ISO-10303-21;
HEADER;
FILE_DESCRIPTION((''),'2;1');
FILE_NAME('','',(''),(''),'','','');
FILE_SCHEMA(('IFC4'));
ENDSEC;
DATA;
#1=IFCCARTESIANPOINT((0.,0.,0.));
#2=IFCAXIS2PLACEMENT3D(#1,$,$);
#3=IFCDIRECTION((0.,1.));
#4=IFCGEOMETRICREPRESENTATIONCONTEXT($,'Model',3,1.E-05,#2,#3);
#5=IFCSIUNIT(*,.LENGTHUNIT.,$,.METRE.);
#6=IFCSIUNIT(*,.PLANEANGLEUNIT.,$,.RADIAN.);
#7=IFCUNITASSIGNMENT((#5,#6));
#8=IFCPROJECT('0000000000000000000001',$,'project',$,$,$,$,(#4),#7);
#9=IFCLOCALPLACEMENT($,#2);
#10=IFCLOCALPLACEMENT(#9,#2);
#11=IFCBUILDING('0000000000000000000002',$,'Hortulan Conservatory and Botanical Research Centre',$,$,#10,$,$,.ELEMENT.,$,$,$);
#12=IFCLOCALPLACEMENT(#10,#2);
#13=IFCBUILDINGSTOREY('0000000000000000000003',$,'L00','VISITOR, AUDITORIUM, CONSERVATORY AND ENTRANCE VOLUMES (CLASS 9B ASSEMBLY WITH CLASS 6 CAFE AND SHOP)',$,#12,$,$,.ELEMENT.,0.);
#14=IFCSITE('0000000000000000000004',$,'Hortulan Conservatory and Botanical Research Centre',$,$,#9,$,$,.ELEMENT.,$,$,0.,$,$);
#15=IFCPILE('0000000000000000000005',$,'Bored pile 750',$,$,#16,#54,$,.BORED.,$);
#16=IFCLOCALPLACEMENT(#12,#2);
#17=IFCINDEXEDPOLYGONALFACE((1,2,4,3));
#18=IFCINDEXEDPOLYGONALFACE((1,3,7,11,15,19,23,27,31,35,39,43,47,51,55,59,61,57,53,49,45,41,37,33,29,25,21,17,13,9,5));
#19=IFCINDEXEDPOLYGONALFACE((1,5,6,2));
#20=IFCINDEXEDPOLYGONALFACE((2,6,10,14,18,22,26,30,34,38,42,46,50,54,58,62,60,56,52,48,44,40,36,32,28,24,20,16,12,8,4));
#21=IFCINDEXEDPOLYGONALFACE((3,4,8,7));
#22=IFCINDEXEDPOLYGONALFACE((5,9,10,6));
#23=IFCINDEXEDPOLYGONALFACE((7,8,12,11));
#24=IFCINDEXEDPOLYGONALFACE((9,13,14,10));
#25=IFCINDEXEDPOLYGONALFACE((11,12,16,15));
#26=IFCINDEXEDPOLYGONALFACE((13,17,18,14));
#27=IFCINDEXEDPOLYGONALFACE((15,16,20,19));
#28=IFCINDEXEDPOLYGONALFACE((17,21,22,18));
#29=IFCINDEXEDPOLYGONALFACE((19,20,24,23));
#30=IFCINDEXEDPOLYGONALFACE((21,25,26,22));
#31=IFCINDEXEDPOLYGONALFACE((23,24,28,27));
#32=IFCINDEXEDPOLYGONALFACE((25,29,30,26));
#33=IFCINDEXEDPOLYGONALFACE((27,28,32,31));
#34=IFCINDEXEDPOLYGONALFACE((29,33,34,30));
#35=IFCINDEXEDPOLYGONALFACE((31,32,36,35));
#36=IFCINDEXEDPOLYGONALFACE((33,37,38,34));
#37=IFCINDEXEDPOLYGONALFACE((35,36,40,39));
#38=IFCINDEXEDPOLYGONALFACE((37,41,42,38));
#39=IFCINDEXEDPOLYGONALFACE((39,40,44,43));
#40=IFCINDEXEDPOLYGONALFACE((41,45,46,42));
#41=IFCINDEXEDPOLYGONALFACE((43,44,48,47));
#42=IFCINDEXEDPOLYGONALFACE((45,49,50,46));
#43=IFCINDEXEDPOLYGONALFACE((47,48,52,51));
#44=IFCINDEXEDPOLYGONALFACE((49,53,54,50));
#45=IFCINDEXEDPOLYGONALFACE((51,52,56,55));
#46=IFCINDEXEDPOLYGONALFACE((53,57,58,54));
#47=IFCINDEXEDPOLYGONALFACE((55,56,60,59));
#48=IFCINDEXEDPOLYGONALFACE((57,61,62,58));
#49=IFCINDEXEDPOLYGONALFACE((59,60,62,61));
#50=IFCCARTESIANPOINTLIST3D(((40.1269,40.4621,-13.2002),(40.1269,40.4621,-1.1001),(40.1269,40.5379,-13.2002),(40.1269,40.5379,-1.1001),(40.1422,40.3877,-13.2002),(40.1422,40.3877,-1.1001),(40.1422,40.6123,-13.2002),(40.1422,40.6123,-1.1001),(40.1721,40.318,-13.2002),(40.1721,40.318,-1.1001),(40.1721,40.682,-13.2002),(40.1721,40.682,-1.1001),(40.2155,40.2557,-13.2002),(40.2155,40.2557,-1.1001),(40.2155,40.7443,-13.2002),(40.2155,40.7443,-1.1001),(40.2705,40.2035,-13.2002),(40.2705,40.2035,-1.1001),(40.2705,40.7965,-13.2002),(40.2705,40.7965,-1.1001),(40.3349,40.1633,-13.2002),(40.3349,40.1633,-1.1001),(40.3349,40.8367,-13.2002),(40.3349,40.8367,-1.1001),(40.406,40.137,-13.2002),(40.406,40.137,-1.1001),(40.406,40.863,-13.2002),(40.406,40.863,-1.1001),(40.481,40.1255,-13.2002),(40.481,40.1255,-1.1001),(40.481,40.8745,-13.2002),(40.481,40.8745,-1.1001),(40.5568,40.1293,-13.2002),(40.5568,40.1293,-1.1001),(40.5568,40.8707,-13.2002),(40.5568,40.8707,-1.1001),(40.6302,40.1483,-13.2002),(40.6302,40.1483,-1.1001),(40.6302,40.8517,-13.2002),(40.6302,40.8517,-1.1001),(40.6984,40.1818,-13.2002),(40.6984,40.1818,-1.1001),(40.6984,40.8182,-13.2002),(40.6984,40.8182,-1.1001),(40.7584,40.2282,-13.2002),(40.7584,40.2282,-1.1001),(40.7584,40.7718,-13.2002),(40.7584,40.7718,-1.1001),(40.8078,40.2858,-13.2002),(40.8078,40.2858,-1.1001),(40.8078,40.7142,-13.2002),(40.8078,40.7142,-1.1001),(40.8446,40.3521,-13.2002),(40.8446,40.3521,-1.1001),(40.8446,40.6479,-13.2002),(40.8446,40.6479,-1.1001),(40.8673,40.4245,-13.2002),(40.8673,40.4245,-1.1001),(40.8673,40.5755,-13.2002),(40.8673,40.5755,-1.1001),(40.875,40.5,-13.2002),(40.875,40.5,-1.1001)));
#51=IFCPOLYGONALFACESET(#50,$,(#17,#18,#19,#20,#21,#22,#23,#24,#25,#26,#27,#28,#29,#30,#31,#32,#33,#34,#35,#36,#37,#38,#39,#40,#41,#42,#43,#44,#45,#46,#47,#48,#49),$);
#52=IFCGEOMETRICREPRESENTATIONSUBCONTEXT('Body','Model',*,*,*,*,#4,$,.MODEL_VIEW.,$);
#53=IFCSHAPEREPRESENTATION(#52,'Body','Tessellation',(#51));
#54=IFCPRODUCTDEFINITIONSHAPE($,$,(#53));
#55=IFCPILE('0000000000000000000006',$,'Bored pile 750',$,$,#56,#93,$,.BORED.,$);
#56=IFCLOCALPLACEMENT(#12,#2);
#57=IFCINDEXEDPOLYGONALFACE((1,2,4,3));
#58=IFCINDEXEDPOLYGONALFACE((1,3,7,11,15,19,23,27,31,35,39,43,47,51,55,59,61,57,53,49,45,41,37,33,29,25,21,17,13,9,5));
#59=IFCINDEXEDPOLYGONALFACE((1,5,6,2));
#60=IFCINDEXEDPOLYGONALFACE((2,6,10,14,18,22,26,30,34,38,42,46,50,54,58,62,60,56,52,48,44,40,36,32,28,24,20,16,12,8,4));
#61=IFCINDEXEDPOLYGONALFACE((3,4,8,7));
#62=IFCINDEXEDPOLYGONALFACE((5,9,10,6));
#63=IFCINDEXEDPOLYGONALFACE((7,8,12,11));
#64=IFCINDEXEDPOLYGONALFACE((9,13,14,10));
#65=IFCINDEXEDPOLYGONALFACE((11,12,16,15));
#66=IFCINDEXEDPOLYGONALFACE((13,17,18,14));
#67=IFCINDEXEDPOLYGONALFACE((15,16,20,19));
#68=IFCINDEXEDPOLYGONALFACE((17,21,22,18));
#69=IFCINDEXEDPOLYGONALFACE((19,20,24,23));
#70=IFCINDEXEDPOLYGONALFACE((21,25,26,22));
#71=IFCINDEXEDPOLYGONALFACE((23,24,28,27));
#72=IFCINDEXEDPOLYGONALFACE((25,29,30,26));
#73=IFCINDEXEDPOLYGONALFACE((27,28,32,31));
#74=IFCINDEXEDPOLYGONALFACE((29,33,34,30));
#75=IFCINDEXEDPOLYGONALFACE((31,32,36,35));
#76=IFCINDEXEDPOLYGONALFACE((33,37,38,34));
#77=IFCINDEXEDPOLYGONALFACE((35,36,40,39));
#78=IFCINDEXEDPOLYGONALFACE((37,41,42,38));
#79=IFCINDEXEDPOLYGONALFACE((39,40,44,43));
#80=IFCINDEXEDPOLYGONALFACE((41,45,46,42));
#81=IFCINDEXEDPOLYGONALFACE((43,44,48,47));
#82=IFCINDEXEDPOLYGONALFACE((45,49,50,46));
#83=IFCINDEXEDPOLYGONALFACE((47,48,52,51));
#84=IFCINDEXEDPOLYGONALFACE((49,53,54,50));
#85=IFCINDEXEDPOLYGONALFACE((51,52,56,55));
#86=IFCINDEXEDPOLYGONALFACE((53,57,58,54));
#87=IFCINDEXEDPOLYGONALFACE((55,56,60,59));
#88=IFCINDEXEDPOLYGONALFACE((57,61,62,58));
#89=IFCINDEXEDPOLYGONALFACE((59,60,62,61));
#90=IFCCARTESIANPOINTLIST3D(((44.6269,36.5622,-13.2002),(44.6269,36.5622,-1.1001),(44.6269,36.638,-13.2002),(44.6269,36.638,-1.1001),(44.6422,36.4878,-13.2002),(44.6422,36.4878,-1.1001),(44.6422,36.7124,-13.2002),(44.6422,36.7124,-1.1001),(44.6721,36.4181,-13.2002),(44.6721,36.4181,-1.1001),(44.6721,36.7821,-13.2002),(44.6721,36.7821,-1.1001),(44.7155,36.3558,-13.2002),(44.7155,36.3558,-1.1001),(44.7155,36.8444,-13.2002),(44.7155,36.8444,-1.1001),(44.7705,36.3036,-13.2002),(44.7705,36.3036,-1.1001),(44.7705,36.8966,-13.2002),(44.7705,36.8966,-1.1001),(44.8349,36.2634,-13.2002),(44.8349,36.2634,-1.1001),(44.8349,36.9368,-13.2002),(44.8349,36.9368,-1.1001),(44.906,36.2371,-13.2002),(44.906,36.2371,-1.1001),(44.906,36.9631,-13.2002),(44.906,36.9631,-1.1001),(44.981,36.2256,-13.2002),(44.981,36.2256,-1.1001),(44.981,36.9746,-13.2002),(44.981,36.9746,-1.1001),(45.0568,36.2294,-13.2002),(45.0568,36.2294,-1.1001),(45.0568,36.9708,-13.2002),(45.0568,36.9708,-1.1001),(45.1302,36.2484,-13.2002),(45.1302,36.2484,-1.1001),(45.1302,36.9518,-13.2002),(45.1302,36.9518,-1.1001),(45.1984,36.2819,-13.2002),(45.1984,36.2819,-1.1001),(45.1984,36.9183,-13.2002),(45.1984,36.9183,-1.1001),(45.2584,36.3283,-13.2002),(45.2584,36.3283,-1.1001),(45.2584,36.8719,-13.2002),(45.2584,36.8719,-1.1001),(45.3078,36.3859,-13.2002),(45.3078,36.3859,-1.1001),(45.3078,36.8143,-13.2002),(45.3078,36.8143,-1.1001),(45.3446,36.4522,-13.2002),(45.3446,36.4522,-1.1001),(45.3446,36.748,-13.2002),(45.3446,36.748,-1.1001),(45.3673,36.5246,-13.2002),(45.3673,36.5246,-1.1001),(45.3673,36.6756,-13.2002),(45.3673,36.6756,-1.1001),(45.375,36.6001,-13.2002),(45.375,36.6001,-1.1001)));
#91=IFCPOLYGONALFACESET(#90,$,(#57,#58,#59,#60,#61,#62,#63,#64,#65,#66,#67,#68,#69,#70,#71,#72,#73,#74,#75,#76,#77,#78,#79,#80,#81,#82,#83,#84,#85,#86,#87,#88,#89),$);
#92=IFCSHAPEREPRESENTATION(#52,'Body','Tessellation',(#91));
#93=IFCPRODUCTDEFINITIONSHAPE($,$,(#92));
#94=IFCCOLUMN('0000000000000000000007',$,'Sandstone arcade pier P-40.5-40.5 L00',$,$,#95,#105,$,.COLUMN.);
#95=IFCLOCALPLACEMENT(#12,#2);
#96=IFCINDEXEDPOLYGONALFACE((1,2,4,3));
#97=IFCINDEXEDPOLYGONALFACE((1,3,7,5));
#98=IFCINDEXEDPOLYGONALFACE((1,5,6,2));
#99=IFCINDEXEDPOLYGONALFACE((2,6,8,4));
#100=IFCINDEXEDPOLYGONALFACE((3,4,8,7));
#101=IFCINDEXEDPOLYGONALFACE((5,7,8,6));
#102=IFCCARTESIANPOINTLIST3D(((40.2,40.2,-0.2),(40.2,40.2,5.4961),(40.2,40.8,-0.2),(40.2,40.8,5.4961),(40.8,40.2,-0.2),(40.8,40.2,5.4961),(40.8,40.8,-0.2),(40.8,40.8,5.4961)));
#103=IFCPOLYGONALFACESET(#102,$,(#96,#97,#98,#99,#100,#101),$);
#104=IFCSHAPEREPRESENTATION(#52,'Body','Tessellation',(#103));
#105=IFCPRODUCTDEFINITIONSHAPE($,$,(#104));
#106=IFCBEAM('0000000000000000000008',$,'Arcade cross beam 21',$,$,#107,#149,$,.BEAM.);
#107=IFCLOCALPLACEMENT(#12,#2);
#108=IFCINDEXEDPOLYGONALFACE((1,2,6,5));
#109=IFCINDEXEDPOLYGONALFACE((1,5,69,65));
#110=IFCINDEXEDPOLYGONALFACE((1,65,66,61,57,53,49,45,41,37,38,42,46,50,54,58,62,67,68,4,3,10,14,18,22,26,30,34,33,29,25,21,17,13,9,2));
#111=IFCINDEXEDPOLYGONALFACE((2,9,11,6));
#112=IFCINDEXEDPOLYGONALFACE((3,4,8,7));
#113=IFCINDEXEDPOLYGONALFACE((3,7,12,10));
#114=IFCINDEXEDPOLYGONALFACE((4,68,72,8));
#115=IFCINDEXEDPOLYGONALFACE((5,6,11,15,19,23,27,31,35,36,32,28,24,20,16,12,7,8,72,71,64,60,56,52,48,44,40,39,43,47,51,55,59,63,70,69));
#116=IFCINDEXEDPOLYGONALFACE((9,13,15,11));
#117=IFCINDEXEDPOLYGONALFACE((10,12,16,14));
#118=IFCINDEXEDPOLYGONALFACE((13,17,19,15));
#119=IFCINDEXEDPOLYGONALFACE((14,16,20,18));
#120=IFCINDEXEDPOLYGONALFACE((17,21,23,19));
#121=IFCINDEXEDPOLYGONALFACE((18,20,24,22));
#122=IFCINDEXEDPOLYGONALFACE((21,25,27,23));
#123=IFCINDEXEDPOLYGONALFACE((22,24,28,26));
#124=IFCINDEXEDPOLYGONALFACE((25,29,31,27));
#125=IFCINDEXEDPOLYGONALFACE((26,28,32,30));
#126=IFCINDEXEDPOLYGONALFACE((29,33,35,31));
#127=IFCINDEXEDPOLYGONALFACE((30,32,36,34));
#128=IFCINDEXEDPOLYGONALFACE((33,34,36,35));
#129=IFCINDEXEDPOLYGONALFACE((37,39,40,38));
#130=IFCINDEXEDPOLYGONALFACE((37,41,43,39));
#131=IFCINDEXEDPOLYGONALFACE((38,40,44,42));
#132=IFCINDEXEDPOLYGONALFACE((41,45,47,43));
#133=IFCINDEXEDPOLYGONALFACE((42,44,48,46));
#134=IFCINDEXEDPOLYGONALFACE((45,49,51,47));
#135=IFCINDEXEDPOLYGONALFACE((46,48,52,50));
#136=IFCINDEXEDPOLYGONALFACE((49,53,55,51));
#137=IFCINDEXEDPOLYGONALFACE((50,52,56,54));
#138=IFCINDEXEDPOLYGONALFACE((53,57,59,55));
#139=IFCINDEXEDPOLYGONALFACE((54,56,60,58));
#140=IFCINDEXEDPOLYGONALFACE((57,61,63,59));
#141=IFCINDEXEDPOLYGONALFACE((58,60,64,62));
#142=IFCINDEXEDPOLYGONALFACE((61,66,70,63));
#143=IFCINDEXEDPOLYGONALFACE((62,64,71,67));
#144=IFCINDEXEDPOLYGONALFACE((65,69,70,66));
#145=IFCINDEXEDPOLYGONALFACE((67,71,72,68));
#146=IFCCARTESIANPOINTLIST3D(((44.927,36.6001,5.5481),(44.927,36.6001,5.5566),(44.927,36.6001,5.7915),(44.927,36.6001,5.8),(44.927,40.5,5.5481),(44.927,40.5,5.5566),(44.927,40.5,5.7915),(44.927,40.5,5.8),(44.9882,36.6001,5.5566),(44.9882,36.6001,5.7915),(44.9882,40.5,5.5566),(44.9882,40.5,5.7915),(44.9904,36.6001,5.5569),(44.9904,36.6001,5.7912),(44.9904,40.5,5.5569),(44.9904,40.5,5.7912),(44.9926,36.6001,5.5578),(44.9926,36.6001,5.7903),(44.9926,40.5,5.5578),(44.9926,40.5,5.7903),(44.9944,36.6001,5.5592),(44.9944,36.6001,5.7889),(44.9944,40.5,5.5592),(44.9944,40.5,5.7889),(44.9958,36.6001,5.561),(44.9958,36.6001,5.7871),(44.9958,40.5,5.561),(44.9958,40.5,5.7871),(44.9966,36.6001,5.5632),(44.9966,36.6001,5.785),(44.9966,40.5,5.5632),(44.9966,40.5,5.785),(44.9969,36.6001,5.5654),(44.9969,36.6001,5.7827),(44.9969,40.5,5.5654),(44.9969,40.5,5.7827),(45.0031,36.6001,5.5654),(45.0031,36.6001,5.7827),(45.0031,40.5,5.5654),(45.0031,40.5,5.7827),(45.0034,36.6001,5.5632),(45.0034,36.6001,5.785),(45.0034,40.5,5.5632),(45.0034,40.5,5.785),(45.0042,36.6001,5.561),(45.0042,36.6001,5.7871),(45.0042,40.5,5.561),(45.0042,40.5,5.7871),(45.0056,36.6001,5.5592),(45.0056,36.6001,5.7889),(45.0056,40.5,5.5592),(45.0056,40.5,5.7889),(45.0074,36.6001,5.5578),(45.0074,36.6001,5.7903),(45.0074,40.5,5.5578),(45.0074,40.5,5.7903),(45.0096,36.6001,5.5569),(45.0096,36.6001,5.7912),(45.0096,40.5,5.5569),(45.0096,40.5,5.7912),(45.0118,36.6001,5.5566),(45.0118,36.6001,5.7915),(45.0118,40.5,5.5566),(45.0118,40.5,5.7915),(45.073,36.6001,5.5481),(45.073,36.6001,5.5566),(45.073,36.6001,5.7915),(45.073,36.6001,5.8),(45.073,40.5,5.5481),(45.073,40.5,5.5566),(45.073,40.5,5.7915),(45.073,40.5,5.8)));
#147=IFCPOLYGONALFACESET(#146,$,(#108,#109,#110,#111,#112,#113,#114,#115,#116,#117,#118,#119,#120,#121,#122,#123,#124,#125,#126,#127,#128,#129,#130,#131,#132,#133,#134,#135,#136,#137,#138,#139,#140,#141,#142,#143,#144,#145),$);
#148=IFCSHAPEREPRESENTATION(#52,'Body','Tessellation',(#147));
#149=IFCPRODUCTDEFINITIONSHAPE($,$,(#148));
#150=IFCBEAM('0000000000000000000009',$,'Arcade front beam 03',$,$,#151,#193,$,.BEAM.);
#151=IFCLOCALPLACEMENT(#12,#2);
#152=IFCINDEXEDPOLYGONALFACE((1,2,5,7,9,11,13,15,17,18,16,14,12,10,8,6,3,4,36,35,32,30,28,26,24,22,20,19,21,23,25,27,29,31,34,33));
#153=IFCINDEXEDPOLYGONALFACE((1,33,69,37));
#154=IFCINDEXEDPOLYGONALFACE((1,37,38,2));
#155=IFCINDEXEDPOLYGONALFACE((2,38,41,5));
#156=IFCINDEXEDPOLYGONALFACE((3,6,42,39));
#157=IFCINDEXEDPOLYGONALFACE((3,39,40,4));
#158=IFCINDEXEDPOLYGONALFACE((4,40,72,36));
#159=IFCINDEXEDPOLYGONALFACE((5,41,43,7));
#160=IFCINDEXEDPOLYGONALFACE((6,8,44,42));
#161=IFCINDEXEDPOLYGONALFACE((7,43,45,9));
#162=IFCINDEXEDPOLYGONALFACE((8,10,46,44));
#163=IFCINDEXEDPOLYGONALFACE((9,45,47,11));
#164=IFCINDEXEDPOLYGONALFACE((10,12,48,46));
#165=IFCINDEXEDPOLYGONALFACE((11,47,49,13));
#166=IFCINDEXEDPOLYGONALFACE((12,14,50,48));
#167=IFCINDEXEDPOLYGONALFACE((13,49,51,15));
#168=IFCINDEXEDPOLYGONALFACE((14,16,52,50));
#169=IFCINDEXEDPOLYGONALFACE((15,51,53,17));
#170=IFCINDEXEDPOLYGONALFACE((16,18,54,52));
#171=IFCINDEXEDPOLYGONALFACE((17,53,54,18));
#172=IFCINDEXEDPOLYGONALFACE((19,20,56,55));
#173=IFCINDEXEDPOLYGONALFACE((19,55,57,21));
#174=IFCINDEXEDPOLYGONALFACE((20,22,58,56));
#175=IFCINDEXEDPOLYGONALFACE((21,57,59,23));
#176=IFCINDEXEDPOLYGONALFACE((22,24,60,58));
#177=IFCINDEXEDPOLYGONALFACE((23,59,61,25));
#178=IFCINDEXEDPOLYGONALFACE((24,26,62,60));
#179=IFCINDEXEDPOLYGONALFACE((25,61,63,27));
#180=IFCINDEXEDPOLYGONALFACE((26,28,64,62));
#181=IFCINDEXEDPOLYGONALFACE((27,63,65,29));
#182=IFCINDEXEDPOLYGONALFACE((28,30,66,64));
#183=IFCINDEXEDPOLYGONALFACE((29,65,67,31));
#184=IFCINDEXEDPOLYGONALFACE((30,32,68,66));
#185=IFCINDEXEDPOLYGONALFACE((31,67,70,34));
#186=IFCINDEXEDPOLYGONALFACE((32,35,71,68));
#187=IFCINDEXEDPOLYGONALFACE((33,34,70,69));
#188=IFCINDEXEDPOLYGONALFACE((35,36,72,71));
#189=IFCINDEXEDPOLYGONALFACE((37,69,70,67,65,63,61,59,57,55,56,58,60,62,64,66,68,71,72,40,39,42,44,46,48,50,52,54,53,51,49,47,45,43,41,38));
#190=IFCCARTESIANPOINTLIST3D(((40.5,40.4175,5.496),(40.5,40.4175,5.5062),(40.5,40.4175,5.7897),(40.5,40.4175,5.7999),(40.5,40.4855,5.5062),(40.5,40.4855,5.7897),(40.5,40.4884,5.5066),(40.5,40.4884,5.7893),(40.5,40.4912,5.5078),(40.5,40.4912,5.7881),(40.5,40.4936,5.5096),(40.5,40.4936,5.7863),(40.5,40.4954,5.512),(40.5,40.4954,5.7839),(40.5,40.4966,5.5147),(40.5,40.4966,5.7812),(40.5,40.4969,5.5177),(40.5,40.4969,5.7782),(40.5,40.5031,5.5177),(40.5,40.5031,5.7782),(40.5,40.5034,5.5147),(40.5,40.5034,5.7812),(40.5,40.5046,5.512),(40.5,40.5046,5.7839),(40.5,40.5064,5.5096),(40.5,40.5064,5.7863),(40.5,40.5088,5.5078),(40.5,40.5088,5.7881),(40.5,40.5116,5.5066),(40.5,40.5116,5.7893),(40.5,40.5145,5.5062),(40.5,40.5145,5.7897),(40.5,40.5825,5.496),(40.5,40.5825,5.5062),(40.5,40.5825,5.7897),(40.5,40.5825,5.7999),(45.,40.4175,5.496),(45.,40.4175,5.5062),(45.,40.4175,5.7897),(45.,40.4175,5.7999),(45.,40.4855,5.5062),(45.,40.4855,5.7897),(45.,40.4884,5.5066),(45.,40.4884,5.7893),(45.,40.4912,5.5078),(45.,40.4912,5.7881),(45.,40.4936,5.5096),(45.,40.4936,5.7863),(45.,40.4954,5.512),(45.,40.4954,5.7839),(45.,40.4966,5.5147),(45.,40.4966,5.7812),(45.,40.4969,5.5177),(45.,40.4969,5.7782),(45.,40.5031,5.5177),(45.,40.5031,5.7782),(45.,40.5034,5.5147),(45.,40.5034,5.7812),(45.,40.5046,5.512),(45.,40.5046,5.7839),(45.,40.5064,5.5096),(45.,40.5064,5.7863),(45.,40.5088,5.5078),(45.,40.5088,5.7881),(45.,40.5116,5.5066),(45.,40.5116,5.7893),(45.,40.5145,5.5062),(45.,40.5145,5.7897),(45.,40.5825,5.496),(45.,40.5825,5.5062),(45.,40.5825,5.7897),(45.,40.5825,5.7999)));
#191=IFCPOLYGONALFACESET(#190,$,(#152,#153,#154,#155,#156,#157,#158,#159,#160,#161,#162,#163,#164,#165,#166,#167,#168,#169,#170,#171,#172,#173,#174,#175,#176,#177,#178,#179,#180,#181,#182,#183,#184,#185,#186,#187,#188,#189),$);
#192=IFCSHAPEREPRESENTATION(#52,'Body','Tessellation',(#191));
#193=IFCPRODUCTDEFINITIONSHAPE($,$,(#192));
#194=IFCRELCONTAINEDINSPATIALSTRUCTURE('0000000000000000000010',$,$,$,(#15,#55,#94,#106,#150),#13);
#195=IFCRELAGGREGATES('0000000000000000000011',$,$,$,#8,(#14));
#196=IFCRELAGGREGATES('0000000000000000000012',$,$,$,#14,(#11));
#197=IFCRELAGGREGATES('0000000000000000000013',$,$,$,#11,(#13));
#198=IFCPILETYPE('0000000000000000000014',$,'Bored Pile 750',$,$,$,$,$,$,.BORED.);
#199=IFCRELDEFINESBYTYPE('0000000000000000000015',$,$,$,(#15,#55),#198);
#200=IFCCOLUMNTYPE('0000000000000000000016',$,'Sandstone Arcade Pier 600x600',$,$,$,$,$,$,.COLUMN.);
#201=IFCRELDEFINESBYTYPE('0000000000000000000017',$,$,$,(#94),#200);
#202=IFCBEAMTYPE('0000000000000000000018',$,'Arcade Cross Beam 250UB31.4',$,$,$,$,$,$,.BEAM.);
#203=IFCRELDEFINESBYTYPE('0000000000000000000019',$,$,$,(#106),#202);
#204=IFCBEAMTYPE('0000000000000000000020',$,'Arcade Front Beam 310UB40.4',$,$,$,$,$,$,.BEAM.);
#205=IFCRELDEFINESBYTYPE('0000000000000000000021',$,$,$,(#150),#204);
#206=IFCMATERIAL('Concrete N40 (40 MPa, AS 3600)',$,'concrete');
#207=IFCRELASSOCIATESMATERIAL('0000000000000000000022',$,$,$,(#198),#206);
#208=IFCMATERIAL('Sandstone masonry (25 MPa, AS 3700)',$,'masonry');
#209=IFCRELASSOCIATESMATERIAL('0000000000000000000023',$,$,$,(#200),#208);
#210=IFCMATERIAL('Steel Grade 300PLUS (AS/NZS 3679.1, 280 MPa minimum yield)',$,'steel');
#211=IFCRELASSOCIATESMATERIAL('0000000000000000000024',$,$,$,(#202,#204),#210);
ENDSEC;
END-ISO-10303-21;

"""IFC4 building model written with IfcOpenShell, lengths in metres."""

from ifc_helpers import new_model, si_unit, direction, frame, origin, origin_2d, place, context, subcontext, project, spatial, rectangle, circle, i_section, extrude, material, material_profile, profile_set, type_object, element, save


model = new_model("IFC4")

# Units and contexts
model_context = context("Model", 3, precision=1e-05, world=origin(), true_north=direction((0.0, 1.0)))
body_context = subcontext(model_context, "Body", "Model", "MODEL_VIEW")
ifc_project = project(units=[si_unit("LENGTHUNIT", "METRE"), si_unit("PLANEANGLEUNIT", "RADIAN")], contexts=[model_context])

# Site, building, storey
site_placement = place(None, origin())
site = spatial("IfcSite", under=ifc_project, at=site_placement, Name="Hortulan Conservatory and Botanical Research Centre", CompositionType="ELEMENT", RefElevation=0.0)
building_placement = place(site_placement, origin())
building = spatial("IfcBuilding", under=site, at=building_placement, Name="Hortulan Conservatory and Botanical Research Centre", CompositionType="ELEMENT")
storey_placement = place(building_placement, origin())
storey = spatial("IfcBuildingStorey", under=building, at=storey_placement, Name="L00", Description="VISITOR, AUDITORIUM, CONSERVATORY AND ENTRANCE VOLUMES (CLASS 9B ASSEMBLY WITH CLASS 6 CAFE AND SHOP)", CompositionType="ELEMENT", Elevation=0.0)

# Piles
ifc_material_1 = material(Name="Concrete N40 (40 MPa, AS 3600)", Category="concrete")
ifc_material_profile_1 = material_profile(ifc_material_1, circle(Radius=0.375, at=origin_2d()), Name="Bored pile 750 diameter")
ifc_profile_set_1 = profile_set([ifc_material_profile_1], Name="Concrete N40 (40 MPa, AS 3600)")
pile_type = type_object("IfcPileType", Name="Bored Pile 750", PredefinedType="BORED", material=ifc_profile_set_1)
for number, where, z_axis, x_axis, name in (
    (1, (40.5, 40.5, -1.1001), (0.0, 0.0, -1.0), (1.0, 0.0, 0.0), "Bored pile 750"),
    (2, (45.0, 36.6001, -1.1001), (0.0, 0.0, -1.0), (1.0, 0.0, 0.0), "Bored pile 750"),
):
    element("IfcPile", number, at=place(storey_placement, frame(where, z_axis=z_axis, x_axis=x_axis)), inside=storey, type_object=pile_type, Name=name, PredefinedType="BORED", context=body_context, shape_type="SweptSolid", body=[
        extrude(circle(Radius=0.375, at=origin_2d()), origin(), (0.0, 0.0, 1.0), 12.1001),
    ])

# Column
ifc_material_2 = material(Name="Sandstone masonry (25 MPa, AS 3700)", Category="masonry")
ifc_material_profile_2 = material_profile(ifc_material_2, rectangle(XDim=0.6001, YDim=0.6001, at=origin_2d()), Name="Square pier 600")
ifc_profile_set_2 = profile_set([ifc_material_profile_2], Name="Sandstone masonry (25 MPa, AS 3700)")
column_type = type_object("IfcColumnType", Name="Sandstone Arcade Pier 600x600", PredefinedType="COLUMN", material=ifc_profile_set_2)
column_placement = place(storey_placement, frame((40.5, 40.5, -0.2), z_axis=(0.0, 0.0, 1.0), x_axis=(1.0, 0.0, 0.0)))
element("IfcColumn", 3, at=column_placement, inside=storey, type_object=column_type, Name="Sandstone arcade pier P-40.5-40.5 L00", PredefinedType="COLUMN", context=body_context, shape_type="SweptSolid", body=[
    extrude(rectangle(XDim=0.6001, YDim=0.6001, at=origin_2d()), origin(), (0.0, 0.0, 1.0), 5.696),
])

# Beams
ifc_material_3 = material(Name="Steel Grade 300PLUS (AS/NZS 3679.1, 280 MPa minimum yield)", Category="steel")
ifc_material_profile_3 = material_profile(ifc_material_3, i_section(OverallWidth=0.146, OverallDepth=0.252, WebThickness=0.0061, FlangeThickness=0.0085, FilletRadius=0.0088, at=origin_2d()), Name="250UB31.4")
ifc_profile_set_3 = profile_set([ifc_material_profile_3], Name="Steel Grade 300PLUS (AS/NZS 3679.1, 280 MPa minimum yield)")
beam_type_1 = type_object("IfcBeamType", Name="Arcade Cross Beam 250UB31.4", PredefinedType="BEAM", material=ifc_profile_set_3)
beam_1_placement = place(storey_placement, frame((45.0, 36.6001, 5.6741), z_axis=(0.0, 1.0, 0.0), x_axis=(-1.0, 0.0, 0.0)))
element("IfcBeam", 4, at=beam_1_placement, inside=storey, type_object=beam_type_1, Name="Arcade cross beam 21", PredefinedType="BEAM", context=body_context, shape_type="SweptSolid", body=[
    extrude(i_section(OverallWidth=0.146, OverallDepth=0.252, WebThickness=0.0061, FlangeThickness=0.0085, FilletRadius=0.0088, at=origin_2d()), origin(), (0.0, 0.0, 1.0), 3.8999),
])
ifc_material_profile_4 = material_profile(ifc_material_3, i_section(OverallWidth=0.165, OverallDepth=0.304, WebThickness=0.0061, FlangeThickness=0.0103, FilletRadius=0.0115, at=origin_2d()), Name="310UB40.4")
ifc_profile_set_4 = profile_set([ifc_material_profile_4], Name="Steel Grade 300PLUS (AS/NZS 3679.1, 280 MPa minimum yield)")
beam_type_2 = type_object("IfcBeamType", Name="Arcade Front Beam 310UB40.4", PredefinedType="BEAM", material=ifc_profile_set_4)
beam_2_placement = place(storey_placement, frame((40.5, 40.5, 5.6479), z_axis=(1.0, 0.0, 0.0), x_axis=(0.0, 1.0, 0.0)))
element("IfcBeam", 5, at=beam_2_placement, inside=storey, type_object=beam_type_2, Name="Arcade front beam 03", PredefinedType="BEAM", context=body_context, shape_type="SweptSolid", body=[
    extrude(i_section(OverallWidth=0.165, OverallDepth=0.304, WebThickness=0.0061, FlangeThickness=0.0103, FilletRadius=0.0115, at=origin_2d()), origin(), (0.0, 0.0, 1.0), 4.5),
])

save(model, "model.ifc")
